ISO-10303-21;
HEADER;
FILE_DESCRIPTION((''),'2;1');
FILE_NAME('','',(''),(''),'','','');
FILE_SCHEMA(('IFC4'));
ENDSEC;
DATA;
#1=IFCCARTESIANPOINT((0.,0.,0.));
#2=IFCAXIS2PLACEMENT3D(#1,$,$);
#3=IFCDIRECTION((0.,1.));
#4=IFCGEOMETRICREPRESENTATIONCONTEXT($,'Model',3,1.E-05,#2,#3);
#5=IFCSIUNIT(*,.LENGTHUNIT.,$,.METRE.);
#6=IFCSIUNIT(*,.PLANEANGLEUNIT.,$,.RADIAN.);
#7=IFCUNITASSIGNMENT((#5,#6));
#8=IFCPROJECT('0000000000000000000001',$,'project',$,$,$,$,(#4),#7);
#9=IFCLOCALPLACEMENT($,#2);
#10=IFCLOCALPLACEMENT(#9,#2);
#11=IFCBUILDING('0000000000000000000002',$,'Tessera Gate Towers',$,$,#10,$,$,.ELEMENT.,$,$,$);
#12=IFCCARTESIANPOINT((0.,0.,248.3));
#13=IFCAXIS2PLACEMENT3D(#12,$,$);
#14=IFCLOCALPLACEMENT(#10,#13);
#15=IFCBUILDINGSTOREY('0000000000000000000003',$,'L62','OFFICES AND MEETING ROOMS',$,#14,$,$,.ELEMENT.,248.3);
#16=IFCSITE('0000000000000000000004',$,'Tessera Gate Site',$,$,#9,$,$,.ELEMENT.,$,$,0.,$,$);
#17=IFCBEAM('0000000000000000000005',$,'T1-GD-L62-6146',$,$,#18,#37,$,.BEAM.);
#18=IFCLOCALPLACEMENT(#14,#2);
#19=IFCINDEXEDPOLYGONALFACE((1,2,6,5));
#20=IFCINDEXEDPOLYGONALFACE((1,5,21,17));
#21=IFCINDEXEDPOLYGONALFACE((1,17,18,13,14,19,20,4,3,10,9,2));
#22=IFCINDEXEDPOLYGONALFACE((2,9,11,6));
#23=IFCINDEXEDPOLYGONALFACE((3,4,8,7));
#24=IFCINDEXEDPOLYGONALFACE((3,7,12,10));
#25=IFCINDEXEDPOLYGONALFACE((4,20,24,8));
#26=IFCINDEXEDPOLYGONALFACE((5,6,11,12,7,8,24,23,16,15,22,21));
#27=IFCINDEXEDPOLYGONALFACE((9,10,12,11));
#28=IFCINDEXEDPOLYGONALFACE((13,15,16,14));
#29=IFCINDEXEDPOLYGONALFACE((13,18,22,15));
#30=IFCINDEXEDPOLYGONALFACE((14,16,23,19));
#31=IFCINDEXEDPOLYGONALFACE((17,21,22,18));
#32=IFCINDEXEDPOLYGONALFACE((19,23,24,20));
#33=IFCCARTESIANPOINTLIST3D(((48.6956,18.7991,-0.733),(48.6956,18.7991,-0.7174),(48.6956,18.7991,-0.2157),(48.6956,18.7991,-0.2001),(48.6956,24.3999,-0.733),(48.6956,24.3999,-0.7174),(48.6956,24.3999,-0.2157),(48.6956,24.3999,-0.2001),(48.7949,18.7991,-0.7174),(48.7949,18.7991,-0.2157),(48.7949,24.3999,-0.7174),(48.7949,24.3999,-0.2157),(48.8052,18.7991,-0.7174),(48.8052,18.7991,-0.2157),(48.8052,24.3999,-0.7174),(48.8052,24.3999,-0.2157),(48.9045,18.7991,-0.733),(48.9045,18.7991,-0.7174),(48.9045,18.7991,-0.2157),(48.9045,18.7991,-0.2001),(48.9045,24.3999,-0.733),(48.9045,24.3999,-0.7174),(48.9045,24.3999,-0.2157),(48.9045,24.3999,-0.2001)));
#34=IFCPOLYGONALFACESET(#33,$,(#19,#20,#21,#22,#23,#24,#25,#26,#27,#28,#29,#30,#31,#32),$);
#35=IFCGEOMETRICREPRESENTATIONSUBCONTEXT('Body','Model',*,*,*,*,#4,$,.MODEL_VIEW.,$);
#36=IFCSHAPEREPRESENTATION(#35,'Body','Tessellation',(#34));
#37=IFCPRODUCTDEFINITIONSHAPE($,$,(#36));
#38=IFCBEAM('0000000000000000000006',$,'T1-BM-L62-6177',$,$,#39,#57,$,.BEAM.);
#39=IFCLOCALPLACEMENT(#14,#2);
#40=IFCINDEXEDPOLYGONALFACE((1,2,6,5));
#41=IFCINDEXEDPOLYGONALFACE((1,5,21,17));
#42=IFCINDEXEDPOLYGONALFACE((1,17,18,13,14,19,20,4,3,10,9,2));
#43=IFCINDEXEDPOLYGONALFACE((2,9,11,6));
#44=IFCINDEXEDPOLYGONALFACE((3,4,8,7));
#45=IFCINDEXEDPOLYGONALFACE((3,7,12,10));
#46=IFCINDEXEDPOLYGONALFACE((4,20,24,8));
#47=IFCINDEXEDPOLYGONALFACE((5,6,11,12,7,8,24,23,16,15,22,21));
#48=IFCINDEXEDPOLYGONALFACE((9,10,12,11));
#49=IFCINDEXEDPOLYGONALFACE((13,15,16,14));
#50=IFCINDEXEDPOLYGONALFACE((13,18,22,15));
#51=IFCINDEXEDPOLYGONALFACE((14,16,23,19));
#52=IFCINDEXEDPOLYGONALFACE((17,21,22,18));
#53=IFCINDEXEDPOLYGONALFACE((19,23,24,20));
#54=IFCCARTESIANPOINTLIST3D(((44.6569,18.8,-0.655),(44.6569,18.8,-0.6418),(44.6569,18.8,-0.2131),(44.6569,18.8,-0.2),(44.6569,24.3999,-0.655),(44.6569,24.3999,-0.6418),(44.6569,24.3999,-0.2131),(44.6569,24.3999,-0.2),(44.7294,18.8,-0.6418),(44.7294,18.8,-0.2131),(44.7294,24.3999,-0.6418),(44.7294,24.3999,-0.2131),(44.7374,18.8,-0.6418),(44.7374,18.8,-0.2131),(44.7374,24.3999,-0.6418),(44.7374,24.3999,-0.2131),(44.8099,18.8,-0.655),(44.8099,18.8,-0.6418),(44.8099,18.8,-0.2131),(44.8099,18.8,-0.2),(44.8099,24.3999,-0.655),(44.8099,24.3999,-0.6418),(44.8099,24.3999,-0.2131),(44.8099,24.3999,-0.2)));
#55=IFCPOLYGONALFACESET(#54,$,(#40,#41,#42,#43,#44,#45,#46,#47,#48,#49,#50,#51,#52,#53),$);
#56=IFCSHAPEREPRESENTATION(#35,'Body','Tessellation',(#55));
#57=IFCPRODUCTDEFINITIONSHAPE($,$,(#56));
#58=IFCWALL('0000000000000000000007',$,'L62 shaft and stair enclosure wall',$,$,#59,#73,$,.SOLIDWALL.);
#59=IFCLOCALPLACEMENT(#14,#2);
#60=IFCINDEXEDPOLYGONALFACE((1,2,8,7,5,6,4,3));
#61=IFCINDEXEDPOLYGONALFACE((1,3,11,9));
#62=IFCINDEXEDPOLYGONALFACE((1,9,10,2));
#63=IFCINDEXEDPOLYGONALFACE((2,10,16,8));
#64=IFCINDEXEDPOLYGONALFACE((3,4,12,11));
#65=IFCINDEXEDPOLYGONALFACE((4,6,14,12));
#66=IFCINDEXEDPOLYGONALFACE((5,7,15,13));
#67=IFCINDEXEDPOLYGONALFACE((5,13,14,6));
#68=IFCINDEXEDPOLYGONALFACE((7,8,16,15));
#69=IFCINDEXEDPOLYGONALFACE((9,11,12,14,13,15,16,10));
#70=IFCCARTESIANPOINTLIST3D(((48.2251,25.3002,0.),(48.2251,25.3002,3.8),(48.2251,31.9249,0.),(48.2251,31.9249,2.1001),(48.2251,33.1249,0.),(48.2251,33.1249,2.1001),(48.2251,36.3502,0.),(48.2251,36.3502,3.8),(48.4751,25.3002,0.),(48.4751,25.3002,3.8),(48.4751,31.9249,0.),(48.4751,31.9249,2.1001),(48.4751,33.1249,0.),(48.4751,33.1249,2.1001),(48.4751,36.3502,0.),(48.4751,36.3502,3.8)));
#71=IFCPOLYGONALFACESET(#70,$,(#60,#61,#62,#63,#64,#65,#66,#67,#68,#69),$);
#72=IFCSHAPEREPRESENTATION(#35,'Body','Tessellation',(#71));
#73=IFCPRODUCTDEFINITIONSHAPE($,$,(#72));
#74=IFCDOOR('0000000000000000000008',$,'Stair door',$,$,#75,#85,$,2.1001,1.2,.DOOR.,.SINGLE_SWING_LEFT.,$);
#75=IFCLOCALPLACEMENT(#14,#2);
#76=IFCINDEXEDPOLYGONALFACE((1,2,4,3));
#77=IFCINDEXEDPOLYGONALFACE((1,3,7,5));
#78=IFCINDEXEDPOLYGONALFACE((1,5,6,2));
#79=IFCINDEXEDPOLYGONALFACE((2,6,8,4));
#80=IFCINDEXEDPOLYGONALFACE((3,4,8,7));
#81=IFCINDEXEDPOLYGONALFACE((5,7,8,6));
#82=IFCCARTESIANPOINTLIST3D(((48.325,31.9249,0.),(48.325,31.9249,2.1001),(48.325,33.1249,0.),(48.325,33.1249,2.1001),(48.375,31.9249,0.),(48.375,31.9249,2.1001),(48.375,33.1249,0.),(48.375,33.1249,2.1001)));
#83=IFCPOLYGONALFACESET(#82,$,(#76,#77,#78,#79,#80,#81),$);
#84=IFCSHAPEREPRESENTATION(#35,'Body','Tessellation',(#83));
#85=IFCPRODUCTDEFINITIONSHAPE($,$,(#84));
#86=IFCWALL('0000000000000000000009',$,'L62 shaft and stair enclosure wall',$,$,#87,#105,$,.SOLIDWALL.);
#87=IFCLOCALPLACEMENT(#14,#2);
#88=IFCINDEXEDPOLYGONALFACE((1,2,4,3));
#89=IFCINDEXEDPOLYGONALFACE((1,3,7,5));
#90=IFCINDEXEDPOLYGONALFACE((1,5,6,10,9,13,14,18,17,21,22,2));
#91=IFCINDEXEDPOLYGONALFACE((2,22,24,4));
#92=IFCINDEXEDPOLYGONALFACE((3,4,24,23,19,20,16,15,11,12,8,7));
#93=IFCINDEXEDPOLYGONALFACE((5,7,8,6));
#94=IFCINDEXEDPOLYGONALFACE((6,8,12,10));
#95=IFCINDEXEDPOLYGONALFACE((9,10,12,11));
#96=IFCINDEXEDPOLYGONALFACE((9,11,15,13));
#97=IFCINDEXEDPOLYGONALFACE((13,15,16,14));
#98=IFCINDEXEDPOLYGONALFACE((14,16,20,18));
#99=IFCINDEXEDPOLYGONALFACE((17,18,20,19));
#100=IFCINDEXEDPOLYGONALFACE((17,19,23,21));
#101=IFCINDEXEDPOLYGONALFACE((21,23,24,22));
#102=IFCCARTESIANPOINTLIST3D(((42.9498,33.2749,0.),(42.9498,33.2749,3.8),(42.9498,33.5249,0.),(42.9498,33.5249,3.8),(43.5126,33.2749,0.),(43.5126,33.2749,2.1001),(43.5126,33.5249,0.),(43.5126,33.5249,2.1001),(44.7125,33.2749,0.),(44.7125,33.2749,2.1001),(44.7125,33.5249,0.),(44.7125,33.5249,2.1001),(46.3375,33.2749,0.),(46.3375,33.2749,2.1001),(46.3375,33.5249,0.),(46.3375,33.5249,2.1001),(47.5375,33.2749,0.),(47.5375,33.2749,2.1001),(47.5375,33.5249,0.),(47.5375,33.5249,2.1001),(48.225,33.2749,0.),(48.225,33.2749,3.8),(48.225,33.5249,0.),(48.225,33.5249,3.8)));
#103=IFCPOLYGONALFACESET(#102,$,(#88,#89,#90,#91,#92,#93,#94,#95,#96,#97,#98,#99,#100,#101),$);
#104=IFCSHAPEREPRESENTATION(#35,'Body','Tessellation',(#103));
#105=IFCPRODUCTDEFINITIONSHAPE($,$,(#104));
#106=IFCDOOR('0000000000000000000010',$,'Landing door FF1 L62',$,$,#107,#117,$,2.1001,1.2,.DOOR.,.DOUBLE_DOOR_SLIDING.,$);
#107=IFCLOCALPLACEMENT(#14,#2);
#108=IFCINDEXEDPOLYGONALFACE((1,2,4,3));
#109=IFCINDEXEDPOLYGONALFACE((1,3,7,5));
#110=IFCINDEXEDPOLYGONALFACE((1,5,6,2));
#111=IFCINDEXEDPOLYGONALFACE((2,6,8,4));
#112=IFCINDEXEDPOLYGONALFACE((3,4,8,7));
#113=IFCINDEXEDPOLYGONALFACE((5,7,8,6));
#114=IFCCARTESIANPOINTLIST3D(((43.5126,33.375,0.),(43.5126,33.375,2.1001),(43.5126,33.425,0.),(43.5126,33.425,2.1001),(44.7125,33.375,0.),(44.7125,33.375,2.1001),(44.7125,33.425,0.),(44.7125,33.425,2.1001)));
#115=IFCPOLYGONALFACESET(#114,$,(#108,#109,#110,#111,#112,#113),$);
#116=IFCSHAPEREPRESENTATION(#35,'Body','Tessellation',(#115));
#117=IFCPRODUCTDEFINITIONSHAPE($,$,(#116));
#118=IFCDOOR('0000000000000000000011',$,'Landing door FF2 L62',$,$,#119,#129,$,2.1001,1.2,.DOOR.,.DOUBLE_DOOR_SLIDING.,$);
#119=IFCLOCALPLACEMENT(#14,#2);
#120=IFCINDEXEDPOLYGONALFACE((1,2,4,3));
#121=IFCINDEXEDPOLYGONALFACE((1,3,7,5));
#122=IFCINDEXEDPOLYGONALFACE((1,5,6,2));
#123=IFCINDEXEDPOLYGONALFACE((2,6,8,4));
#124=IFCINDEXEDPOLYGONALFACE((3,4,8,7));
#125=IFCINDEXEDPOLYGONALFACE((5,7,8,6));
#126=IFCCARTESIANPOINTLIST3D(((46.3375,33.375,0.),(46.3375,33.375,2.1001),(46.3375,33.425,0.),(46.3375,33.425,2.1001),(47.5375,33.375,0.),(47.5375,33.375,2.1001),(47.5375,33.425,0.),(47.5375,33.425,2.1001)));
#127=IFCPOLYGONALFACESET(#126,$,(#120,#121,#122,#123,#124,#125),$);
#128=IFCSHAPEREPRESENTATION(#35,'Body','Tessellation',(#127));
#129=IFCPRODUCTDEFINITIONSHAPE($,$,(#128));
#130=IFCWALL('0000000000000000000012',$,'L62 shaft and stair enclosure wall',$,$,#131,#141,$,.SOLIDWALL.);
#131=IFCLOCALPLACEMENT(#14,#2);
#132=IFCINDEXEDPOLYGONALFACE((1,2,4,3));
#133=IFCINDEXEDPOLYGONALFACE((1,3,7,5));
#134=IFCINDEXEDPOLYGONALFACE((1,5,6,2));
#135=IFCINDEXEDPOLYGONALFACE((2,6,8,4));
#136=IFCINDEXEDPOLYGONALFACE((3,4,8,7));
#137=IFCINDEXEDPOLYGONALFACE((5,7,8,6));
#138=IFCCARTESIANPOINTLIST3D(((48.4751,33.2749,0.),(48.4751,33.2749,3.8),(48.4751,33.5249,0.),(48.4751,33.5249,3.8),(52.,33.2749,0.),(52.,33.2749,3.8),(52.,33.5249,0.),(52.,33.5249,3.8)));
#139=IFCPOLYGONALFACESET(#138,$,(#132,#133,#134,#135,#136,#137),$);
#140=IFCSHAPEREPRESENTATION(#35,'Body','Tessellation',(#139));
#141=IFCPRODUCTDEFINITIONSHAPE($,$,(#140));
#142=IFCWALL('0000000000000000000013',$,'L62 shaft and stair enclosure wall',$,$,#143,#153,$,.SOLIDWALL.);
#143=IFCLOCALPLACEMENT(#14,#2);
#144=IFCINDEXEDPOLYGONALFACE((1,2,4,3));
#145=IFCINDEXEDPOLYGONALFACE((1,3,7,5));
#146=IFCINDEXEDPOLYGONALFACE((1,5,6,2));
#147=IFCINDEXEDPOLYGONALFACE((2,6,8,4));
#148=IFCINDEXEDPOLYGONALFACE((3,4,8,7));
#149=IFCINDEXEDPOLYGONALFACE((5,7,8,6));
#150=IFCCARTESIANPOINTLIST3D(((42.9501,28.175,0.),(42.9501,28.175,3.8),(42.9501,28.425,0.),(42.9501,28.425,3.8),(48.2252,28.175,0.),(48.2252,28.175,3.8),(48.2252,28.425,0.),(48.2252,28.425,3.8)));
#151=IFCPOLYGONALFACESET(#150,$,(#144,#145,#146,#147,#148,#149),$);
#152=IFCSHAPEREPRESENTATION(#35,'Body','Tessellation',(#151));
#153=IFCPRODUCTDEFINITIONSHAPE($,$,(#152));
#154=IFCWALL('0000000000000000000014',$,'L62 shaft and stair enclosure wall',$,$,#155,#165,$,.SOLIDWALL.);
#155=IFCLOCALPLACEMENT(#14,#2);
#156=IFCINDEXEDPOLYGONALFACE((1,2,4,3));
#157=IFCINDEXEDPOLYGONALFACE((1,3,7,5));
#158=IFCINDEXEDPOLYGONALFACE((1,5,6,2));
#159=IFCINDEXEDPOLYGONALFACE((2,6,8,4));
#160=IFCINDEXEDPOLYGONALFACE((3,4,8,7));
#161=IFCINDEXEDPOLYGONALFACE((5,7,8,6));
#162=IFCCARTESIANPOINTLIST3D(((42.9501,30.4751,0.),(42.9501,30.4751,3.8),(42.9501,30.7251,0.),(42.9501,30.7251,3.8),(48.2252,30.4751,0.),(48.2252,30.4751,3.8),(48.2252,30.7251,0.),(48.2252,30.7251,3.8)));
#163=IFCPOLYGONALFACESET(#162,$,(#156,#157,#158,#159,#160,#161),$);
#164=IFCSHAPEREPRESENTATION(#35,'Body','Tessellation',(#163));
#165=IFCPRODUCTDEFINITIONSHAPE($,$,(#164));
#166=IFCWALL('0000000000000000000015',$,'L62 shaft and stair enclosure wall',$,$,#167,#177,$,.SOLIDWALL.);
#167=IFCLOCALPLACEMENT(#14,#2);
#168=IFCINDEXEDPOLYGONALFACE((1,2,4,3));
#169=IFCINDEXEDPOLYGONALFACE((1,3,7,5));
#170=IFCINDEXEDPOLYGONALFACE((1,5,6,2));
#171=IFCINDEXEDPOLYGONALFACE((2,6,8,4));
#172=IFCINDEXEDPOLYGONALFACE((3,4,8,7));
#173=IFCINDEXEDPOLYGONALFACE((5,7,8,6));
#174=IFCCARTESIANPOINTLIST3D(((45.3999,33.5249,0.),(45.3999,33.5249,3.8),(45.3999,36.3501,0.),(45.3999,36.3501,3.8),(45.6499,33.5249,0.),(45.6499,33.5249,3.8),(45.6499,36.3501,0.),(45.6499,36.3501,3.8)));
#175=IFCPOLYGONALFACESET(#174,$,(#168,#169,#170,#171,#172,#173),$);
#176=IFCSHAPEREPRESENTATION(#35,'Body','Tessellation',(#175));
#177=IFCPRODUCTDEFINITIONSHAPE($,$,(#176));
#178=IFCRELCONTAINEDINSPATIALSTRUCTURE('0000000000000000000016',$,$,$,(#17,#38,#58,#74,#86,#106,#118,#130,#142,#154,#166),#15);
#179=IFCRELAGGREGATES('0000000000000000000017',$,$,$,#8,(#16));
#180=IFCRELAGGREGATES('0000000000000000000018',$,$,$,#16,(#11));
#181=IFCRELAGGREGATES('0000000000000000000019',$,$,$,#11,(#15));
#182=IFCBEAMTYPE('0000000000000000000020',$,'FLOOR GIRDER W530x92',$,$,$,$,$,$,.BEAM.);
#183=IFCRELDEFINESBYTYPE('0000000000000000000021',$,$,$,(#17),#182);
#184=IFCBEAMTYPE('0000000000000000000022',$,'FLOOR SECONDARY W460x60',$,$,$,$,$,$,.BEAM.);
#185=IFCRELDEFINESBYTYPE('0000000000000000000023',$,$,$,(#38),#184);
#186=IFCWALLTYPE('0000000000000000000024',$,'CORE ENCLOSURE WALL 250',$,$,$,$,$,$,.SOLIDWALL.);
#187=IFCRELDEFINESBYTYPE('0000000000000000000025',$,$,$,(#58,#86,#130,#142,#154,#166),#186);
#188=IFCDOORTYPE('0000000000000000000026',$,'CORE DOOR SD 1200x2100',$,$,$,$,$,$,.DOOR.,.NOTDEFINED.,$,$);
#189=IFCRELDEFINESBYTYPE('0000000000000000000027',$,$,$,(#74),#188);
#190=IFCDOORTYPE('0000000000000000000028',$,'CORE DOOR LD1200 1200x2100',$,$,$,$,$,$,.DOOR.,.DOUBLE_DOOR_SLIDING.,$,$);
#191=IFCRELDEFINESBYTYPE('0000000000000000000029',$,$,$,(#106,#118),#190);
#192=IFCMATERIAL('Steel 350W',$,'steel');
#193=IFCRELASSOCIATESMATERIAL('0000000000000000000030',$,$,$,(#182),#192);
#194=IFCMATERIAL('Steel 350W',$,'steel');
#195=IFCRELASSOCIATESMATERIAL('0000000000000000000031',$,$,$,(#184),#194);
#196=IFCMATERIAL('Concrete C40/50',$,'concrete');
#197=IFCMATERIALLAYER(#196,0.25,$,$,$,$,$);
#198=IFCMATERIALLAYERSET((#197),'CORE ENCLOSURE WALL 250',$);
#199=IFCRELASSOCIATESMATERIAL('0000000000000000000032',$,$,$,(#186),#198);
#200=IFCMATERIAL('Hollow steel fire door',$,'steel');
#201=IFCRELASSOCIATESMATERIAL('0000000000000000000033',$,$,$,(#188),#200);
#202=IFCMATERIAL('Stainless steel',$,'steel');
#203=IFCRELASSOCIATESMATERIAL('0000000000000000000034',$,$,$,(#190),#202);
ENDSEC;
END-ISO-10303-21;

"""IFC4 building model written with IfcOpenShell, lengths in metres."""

from ifc_helpers import new_model, si_unit, direction, frame, frame_2d, origin, origin_2d, place, context, subcontext, project, spatial, rectangle, i_section, extrude, source, transform, mapped, material, layer, layer_set, material_profile, profile_set, type_object, element, fill, save


model = new_model("IFC4")

# Units and contexts
model_context = context("Model", 3, precision=1e-05, world=origin(), true_north=direction((0.0, 1.0)))
body_context = subcontext(model_context, "Body", "Model", "MODEL_VIEW")
ifc_project = project(units=[si_unit("LENGTHUNIT", "METRE"), si_unit("PLANEANGLEUNIT", "RADIAN")], contexts=[model_context])

# Site, building, storey
site_placement = place(None, origin())
site = spatial("IfcSite", under=ifc_project, at=site_placement, Name="Tessera Gate Site", CompositionType="ELEMENT", RefElevation=0.0)
building_placement = place(site_placement, origin())
building = spatial("IfcBuilding", under=site, at=building_placement, Name="Tessera Gate Towers", CompositionType="ELEMENT")
storey_placement = place(building_placement, frame((0.0, 0.0, 248.3)))
storey = spatial("IfcBuildingStorey", under=building, at=storey_placement, Name="L62", Description="OFFICES AND MEETING ROOMS", CompositionType="ELEMENT", Elevation=248.3)

# Beams
ifc_material_1 = material(Name="Steel 350W", Category="steel")
ifc_material_profile_1 = material_profile(ifc_material_1, i_section(OverallWidth=0.209, OverallDepth=0.533, WebThickness=0.0103, FlangeThickness=0.0156, at=origin_2d()), Name="W530x92")
ifc_profile_set_1 = profile_set([ifc_material_profile_1], Name="Steel 350W")
beam_type_1 = type_object("IfcBeamType", Name="FLOOR GIRDER W530x92", PredefinedType="BEAM", material=ifc_profile_set_1)
beam_1_placement = place(storey_placement, frame((48.8, 18.7991, -0.4666), z_axis=(0.0, 1.0, 0.0), x_axis=(-1.0, 0.0, 0.0)))
element("IfcBeam", 1, at=beam_1_placement, inside=storey, type_object=beam_type_1, Name="T1-GD-L62-6146", PredefinedType="BEAM", context=body_context, shape_type="SweptSolid", body=[
    extrude(i_section(OverallWidth=0.209, OverallDepth=0.533, WebThickness=0.0103, FlangeThickness=0.0156, at=origin_2d()), origin(), (0.0, 0.0, 1.0), 5.6008),
])
ifc_material_2 = material(Name="Steel 350W", Category="steel")
ifc_material_profile_2 = material_profile(ifc_material_2, i_section(OverallWidth=0.1531, OverallDepth=0.4551, WebThickness=0.0081, FlangeThickness=0.0132, at=origin_2d()), Name="W460x60")
ifc_profile_set_2 = profile_set([ifc_material_profile_2], Name="Steel 350W")
beam_type_2 = type_object("IfcBeamType", Name="FLOOR SECONDARY W460x60", PredefinedType="BEAM", material=ifc_profile_set_2)
beam_2_placement = place(storey_placement, frame((44.7334, 18.8, -0.4275), z_axis=(0.0, 1.0, 0.0), x_axis=(-1.0, 0.0, 0.0)))
element("IfcBeam", 2, at=beam_2_placement, inside=storey, type_object=beam_type_2, Name="T1-BM-L62-6177", PredefinedType="BEAM", context=body_context, shape_type="SweptSolid", body=[
    extrude(i_section(OverallWidth=0.1531, OverallDepth=0.4551, WebThickness=0.0081, FlangeThickness=0.0132, at=origin_2d()), origin(), (0.0, 0.0, 1.0), 5.5999),
])

# Wall, opening, door
ifc_material_3 = material(Name="Concrete C40/50", Category="concrete")
ifc_layer_1 = layer(ifc_material_3, 0.25)
ifc_layer_set_1 = layer_set([ifc_layer_1], Name="CORE ENCLOSURE WALL 250")
wall_type_1 = type_object("IfcWallType", Name="CORE ENCLOSURE WALL 250", PredefinedType="SOLIDWALL", material=ifc_layer_set_1)
wall_1_placement = place(storey_placement, frame((48.3501, 36.3501, 0.0), z_axis=(0.0, 0.0, 1.0), x_axis=(0.0, -1.0, 0.0)))
wall_1 = element("IfcWall", 3, at=wall_1_placement, inside=storey, type_object=wall_type_1, Name="L62 shaft and stair enclosure wall", PredefinedType="SOLIDWALL", context=body_context, shape_type="SweptSolid", body=[
    extrude(rectangle(XDim=11.05, YDim=0.25, at=frame_2d((5.5249, 0.0))), origin(), (0.0, 0.0, 1.0), 3.8),
])
shared_shape_1 = source(origin(), body_context, "Body", "SweptSolid", [
    extrude(rectangle(XDim=1.2, YDim=2.1001, at=frame_2d((0.6001, 1.05))), frame((0.0, 0.135, 0.0), z_axis=(0.0, -1.0, 0.0), x_axis=(1.0, 0.0, 0.0)), (0.0, 0.0, 1.0), 0.27),
])
opening_1_placement = place(wall_1_placement, frame((3.2251, 0.0, 0.0)))
opening_1 = element("IfcOpeningElement", 4, at=opening_1_placement, cuts=wall_1, PredefinedType="OPENING", context=body_context, shape_type="MappedRepresentation", body=[
    mapped(shared_shape_1, transform((0.0, 0.0, 0.0), scale=1.0)),
])
ifc_material_4 = material(Name="Hollow steel fire door", Category="steel")
door_type_1 = type_object("IfcDoorType", Name="CORE DOOR SD 1200x2100", OperationType="NOTDEFINED", PredefinedType="DOOR", material=ifc_material_4)
shared_shape_2 = source(origin(), body_context, "Body", "SweptSolid", [
    extrude(rectangle(XDim=1.2, YDim=2.1001, at=frame_2d((0.6001, 1.05))), frame((0.0, 0.0249, 0.0), z_axis=(0.0, -1.0, 0.0), x_axis=(1.0, 0.0, 0.0)), (0.0, 0.0, 1.0), 0.05),
])
door_1_placement = place(opening_1_placement, origin())
door_1 = element("IfcDoor", 5, at=door_1_placement, inside=storey, type_object=door_type_1, Name="Stair door", OperationType="SINGLE_SWING_LEFT", OverallHeight=2.1001, OverallWidth=1.2, PredefinedType="DOOR", context=body_context, shape_type="MappedRepresentation", body=[
    mapped(shared_shape_2, transform((0.0, 0.0, 0.0), scale=1.0)),
])
fill(opening_1, door_1)

# Wall, openings, doors
wall_2_placement = place(storey_placement, frame((48.2251, 33.3999, 0.0), z_axis=(0.0, 0.0, 1.0), x_axis=(-1.0, 0.0, 0.0)))
wall_2 = element("IfcWall", 6, at=wall_2_placement, inside=storey, type_object=wall_type_1, Name="L62 shaft and stair enclosure wall", PredefinedType="SOLIDWALL", context=body_context, shape_type="SweptSolid", body=[
    extrude(rectangle(XDim=5.2751, YDim=0.25, at=frame_2d((2.6377, 0.0))), origin(), (0.0, 0.0, 1.0), 3.8),
])
opening_2_placement = place(wall_2_placement, frame((3.5125, 0.0, 0.0)))
opening_2 = element("IfcOpeningElement", 7, at=opening_2_placement, cuts=wall_2, PredefinedType="OPENING", context=body_context, shape_type="MappedRepresentation", body=[
    mapped(shared_shape_1, transform((0.0, 0.0, 0.0), scale=1.0)),
])
opening_3_placement = place(wall_2_placement, frame((0.6875, 0.0, 0.0)))
opening_3 = element("IfcOpeningElement", 8, at=opening_3_placement, cuts=wall_2, PredefinedType="OPENING", context=body_context, shape_type="MappedRepresentation", body=[
    mapped(shared_shape_1, transform((0.0, 0.0, 0.0), scale=1.0)),
])
ifc_material_5 = material(Name="Stainless steel", Category="steel")
door_type_2 = type_object("IfcDoorType", Name="CORE DOOR LD1200 1200x2100", OperationType="DOUBLE_DOOR_SLIDING", PredefinedType="DOOR", material=ifc_material_5)
door_2_placement = place(opening_2_placement, origin())
door_2 = element("IfcDoor", 9, at=door_2_placement, inside=storey, type_object=door_type_2, Name="Landing door FF1 L62", OperationType="DOUBLE_DOOR_SLIDING", OverallHeight=2.1001, OverallWidth=1.2, PredefinedType="DOOR", context=body_context, shape_type="MappedRepresentation", body=[
    mapped(shared_shape_2, transform((0.0, 0.0, 0.0), scale=1.0)),
])
fill(opening_2, door_2)
door_3_placement = place(opening_3_placement, origin())
door_3 = element("IfcDoor", 10, at=door_3_placement, inside=storey, type_object=door_type_2, Name="Landing door FF2 L62", OperationType="DOUBLE_DOOR_SLIDING", OverallHeight=2.1001, OverallWidth=1.2, PredefinedType="DOOR", context=body_context, shape_type="MappedRepresentation", body=[
    mapped(shared_shape_2, transform((0.0, 0.0, 0.0), scale=1.0)),
])
fill(opening_3, door_3)

# Walls
wall_3_placement = place(storey_placement, frame((48.4751, 33.3999, 0.0), z_axis=(0.0, 0.0, 1.0), x_axis=(1.0, 0.0, 0.0)))
element("IfcWall", 11, at=wall_3_placement, inside=storey, type_object=wall_type_1, Name="L62 shaft and stair enclosure wall", PredefinedType="SOLIDWALL", context=body_context, shape_type="SweptSolid", body=[
    extrude(rectangle(XDim=3.5249, YDim=0.25, at=frame_2d((1.7625, 0.0))), origin(), (0.0, 0.0, 1.0), 3.8),
])
for number, where, z_axis, x_axis, name in (
    (12, (42.95, 28.3, 0.0), (0.0, 0.0, 1.0), (1.0, 0.0, 0.0), "L62 shaft and stair enclosure wall"),
    (13, (42.95, 30.6001, 0.0), (0.0, 0.0, 1.0), (1.0, 0.0, 0.0), "L62 shaft and stair enclosure wall"),
):
    element("IfcWall", number, at=place(storey_placement, frame(where, z_axis=z_axis, x_axis=x_axis)), inside=storey, type_object=wall_type_1, Name=name, PredefinedType="SOLIDWALL", context=body_context, shape_type="SweptSolid", body=[
        extrude(rectangle(XDim=5.2751, YDim=0.25, at=frame_2d((2.6377, 0.0))), origin(), (0.0, 0.0, 1.0), 3.8),
    ])
wall_4_placement = place(storey_placement, frame((45.5249, 33.5249, 0.0), z_axis=(0.0, 0.0, 1.0), x_axis=(0.0, 1.0, 0.0)))
element("IfcWall", 14, at=wall_4_placement, inside=storey, type_object=wall_type_1, Name="L62 shaft and stair enclosure wall", PredefinedType="SOLIDWALL", context=body_context, shape_type="SweptSolid", body=[
    extrude(rectangle(XDim=2.8252, YDim=0.25, at=frame_2d((1.4126, 0.0))), origin(), (0.0, 0.0, 1.0), 3.8),
])

save(model, "model.ifc")
